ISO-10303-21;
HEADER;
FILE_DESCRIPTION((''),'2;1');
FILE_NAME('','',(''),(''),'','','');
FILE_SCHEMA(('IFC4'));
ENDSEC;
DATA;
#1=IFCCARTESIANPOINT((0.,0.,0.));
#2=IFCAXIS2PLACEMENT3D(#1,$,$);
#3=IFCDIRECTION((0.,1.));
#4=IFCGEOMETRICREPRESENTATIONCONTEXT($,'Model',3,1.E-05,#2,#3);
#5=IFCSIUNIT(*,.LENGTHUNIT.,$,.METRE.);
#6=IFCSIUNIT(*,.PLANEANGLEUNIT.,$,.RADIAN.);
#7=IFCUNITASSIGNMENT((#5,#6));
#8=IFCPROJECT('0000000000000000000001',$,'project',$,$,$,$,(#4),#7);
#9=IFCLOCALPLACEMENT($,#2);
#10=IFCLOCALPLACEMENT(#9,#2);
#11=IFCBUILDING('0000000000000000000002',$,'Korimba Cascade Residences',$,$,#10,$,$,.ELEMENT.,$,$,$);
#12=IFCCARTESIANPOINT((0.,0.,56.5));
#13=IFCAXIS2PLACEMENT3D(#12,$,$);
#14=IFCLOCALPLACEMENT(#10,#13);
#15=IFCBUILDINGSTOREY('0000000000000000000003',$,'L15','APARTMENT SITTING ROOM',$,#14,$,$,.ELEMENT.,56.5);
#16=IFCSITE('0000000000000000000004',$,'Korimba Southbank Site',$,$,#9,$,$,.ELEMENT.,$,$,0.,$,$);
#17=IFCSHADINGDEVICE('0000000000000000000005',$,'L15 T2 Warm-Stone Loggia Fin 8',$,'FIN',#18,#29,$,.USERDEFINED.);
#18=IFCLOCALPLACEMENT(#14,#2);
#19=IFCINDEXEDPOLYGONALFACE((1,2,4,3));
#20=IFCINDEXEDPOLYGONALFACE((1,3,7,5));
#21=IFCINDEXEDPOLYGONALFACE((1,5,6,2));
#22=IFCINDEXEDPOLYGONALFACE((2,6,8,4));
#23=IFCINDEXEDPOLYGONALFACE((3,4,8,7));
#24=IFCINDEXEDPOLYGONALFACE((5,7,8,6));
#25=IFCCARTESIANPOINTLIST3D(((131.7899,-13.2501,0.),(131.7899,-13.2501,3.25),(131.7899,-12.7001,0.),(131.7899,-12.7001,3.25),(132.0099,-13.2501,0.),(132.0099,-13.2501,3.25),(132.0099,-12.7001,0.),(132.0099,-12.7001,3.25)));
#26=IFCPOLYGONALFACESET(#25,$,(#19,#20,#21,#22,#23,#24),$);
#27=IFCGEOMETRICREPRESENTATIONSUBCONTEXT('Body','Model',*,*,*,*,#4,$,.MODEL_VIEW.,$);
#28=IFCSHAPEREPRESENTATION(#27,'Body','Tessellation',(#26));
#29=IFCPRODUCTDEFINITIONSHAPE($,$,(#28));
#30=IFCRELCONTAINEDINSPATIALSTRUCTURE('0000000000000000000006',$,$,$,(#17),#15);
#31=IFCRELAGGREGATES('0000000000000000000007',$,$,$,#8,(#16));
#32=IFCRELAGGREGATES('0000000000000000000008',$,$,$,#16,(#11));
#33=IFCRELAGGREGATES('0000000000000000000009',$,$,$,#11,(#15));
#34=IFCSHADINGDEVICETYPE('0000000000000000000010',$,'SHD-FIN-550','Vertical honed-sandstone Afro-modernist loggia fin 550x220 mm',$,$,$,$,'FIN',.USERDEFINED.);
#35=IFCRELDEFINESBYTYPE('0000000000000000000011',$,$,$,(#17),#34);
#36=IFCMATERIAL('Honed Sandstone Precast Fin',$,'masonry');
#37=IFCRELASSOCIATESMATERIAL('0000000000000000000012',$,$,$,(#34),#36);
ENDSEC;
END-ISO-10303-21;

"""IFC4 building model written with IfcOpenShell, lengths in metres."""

from ifc_helpers import new_model, si_unit, direction, frame, origin, origin_2d, place, context, subcontext, project, spatial, rectangle, extrude, material, type_object, element, save


model = new_model("IFC4")

# Units and contexts
model_context = context("Model", 3, precision=1e-05, world=origin(), true_north=direction((0.0, 1.0)))
body_context = subcontext(model_context, "Body", "Model", "MODEL_VIEW")
ifc_project = project(units=[si_unit("LENGTHUNIT", "METRE"), si_unit("PLANEANGLEUNIT", "RADIAN")], contexts=[model_context])

# Site, building, storey
site_placement = place(None, origin())
site = spatial("IfcSite", under=ifc_project, at=site_placement, Name="Korimba Southbank Site", CompositionType="ELEMENT", RefElevation=0.0)
building_placement = place(site_placement, origin())
building = spatial("IfcBuilding", under=site, at=building_placement, Name="Korimba Cascade Residences", CompositionType="ELEMENT")
storey_placement = place(building_placement, frame((0.0, 0.0, 56.5)))
storey = spatial("IfcBuildingStorey", under=building, at=storey_placement, Name="L15", Description="APARTMENT SITTING ROOM", CompositionType="ELEMENT", Elevation=56.5)

# Shading device
ifc_material_1 = material(Name="Honed Sandstone Precast Fin", Category="masonry")
shading_device_type = type_object("IfcShadingDeviceType", Name="SHD-FIN-550", Description="Vertical honed-sandstone Afro-modernist loggia fin 550x220 mm", ElementType="FIN", PredefinedType="USERDEFINED", material=ifc_material_1)
for number, where, z_axis, x_axis, name in (
    (1, (131.8999, -12.9751, 0.0), (0.0, 0.0, 1.0), (1.0, 0.0, 0.0), "L15 T2 Warm-Stone Loggia Fin 8"),
):
    element("IfcShadingDevice", number, at=place(storey_placement, frame(where, z_axis=z_axis, x_axis=x_axis)), inside=storey, type_object=shading_device_type, Name=name, ObjectType="FIN", PredefinedType="USERDEFINED", context=body_context, shape_type="SweptSolid", body=[
        extrude(rectangle(XDim=0.22, YDim=0.55, at=origin_2d()), origin(), (0.0, 0.0, 1.0), 3.25),
    ])

save(model, "model.ifc")
